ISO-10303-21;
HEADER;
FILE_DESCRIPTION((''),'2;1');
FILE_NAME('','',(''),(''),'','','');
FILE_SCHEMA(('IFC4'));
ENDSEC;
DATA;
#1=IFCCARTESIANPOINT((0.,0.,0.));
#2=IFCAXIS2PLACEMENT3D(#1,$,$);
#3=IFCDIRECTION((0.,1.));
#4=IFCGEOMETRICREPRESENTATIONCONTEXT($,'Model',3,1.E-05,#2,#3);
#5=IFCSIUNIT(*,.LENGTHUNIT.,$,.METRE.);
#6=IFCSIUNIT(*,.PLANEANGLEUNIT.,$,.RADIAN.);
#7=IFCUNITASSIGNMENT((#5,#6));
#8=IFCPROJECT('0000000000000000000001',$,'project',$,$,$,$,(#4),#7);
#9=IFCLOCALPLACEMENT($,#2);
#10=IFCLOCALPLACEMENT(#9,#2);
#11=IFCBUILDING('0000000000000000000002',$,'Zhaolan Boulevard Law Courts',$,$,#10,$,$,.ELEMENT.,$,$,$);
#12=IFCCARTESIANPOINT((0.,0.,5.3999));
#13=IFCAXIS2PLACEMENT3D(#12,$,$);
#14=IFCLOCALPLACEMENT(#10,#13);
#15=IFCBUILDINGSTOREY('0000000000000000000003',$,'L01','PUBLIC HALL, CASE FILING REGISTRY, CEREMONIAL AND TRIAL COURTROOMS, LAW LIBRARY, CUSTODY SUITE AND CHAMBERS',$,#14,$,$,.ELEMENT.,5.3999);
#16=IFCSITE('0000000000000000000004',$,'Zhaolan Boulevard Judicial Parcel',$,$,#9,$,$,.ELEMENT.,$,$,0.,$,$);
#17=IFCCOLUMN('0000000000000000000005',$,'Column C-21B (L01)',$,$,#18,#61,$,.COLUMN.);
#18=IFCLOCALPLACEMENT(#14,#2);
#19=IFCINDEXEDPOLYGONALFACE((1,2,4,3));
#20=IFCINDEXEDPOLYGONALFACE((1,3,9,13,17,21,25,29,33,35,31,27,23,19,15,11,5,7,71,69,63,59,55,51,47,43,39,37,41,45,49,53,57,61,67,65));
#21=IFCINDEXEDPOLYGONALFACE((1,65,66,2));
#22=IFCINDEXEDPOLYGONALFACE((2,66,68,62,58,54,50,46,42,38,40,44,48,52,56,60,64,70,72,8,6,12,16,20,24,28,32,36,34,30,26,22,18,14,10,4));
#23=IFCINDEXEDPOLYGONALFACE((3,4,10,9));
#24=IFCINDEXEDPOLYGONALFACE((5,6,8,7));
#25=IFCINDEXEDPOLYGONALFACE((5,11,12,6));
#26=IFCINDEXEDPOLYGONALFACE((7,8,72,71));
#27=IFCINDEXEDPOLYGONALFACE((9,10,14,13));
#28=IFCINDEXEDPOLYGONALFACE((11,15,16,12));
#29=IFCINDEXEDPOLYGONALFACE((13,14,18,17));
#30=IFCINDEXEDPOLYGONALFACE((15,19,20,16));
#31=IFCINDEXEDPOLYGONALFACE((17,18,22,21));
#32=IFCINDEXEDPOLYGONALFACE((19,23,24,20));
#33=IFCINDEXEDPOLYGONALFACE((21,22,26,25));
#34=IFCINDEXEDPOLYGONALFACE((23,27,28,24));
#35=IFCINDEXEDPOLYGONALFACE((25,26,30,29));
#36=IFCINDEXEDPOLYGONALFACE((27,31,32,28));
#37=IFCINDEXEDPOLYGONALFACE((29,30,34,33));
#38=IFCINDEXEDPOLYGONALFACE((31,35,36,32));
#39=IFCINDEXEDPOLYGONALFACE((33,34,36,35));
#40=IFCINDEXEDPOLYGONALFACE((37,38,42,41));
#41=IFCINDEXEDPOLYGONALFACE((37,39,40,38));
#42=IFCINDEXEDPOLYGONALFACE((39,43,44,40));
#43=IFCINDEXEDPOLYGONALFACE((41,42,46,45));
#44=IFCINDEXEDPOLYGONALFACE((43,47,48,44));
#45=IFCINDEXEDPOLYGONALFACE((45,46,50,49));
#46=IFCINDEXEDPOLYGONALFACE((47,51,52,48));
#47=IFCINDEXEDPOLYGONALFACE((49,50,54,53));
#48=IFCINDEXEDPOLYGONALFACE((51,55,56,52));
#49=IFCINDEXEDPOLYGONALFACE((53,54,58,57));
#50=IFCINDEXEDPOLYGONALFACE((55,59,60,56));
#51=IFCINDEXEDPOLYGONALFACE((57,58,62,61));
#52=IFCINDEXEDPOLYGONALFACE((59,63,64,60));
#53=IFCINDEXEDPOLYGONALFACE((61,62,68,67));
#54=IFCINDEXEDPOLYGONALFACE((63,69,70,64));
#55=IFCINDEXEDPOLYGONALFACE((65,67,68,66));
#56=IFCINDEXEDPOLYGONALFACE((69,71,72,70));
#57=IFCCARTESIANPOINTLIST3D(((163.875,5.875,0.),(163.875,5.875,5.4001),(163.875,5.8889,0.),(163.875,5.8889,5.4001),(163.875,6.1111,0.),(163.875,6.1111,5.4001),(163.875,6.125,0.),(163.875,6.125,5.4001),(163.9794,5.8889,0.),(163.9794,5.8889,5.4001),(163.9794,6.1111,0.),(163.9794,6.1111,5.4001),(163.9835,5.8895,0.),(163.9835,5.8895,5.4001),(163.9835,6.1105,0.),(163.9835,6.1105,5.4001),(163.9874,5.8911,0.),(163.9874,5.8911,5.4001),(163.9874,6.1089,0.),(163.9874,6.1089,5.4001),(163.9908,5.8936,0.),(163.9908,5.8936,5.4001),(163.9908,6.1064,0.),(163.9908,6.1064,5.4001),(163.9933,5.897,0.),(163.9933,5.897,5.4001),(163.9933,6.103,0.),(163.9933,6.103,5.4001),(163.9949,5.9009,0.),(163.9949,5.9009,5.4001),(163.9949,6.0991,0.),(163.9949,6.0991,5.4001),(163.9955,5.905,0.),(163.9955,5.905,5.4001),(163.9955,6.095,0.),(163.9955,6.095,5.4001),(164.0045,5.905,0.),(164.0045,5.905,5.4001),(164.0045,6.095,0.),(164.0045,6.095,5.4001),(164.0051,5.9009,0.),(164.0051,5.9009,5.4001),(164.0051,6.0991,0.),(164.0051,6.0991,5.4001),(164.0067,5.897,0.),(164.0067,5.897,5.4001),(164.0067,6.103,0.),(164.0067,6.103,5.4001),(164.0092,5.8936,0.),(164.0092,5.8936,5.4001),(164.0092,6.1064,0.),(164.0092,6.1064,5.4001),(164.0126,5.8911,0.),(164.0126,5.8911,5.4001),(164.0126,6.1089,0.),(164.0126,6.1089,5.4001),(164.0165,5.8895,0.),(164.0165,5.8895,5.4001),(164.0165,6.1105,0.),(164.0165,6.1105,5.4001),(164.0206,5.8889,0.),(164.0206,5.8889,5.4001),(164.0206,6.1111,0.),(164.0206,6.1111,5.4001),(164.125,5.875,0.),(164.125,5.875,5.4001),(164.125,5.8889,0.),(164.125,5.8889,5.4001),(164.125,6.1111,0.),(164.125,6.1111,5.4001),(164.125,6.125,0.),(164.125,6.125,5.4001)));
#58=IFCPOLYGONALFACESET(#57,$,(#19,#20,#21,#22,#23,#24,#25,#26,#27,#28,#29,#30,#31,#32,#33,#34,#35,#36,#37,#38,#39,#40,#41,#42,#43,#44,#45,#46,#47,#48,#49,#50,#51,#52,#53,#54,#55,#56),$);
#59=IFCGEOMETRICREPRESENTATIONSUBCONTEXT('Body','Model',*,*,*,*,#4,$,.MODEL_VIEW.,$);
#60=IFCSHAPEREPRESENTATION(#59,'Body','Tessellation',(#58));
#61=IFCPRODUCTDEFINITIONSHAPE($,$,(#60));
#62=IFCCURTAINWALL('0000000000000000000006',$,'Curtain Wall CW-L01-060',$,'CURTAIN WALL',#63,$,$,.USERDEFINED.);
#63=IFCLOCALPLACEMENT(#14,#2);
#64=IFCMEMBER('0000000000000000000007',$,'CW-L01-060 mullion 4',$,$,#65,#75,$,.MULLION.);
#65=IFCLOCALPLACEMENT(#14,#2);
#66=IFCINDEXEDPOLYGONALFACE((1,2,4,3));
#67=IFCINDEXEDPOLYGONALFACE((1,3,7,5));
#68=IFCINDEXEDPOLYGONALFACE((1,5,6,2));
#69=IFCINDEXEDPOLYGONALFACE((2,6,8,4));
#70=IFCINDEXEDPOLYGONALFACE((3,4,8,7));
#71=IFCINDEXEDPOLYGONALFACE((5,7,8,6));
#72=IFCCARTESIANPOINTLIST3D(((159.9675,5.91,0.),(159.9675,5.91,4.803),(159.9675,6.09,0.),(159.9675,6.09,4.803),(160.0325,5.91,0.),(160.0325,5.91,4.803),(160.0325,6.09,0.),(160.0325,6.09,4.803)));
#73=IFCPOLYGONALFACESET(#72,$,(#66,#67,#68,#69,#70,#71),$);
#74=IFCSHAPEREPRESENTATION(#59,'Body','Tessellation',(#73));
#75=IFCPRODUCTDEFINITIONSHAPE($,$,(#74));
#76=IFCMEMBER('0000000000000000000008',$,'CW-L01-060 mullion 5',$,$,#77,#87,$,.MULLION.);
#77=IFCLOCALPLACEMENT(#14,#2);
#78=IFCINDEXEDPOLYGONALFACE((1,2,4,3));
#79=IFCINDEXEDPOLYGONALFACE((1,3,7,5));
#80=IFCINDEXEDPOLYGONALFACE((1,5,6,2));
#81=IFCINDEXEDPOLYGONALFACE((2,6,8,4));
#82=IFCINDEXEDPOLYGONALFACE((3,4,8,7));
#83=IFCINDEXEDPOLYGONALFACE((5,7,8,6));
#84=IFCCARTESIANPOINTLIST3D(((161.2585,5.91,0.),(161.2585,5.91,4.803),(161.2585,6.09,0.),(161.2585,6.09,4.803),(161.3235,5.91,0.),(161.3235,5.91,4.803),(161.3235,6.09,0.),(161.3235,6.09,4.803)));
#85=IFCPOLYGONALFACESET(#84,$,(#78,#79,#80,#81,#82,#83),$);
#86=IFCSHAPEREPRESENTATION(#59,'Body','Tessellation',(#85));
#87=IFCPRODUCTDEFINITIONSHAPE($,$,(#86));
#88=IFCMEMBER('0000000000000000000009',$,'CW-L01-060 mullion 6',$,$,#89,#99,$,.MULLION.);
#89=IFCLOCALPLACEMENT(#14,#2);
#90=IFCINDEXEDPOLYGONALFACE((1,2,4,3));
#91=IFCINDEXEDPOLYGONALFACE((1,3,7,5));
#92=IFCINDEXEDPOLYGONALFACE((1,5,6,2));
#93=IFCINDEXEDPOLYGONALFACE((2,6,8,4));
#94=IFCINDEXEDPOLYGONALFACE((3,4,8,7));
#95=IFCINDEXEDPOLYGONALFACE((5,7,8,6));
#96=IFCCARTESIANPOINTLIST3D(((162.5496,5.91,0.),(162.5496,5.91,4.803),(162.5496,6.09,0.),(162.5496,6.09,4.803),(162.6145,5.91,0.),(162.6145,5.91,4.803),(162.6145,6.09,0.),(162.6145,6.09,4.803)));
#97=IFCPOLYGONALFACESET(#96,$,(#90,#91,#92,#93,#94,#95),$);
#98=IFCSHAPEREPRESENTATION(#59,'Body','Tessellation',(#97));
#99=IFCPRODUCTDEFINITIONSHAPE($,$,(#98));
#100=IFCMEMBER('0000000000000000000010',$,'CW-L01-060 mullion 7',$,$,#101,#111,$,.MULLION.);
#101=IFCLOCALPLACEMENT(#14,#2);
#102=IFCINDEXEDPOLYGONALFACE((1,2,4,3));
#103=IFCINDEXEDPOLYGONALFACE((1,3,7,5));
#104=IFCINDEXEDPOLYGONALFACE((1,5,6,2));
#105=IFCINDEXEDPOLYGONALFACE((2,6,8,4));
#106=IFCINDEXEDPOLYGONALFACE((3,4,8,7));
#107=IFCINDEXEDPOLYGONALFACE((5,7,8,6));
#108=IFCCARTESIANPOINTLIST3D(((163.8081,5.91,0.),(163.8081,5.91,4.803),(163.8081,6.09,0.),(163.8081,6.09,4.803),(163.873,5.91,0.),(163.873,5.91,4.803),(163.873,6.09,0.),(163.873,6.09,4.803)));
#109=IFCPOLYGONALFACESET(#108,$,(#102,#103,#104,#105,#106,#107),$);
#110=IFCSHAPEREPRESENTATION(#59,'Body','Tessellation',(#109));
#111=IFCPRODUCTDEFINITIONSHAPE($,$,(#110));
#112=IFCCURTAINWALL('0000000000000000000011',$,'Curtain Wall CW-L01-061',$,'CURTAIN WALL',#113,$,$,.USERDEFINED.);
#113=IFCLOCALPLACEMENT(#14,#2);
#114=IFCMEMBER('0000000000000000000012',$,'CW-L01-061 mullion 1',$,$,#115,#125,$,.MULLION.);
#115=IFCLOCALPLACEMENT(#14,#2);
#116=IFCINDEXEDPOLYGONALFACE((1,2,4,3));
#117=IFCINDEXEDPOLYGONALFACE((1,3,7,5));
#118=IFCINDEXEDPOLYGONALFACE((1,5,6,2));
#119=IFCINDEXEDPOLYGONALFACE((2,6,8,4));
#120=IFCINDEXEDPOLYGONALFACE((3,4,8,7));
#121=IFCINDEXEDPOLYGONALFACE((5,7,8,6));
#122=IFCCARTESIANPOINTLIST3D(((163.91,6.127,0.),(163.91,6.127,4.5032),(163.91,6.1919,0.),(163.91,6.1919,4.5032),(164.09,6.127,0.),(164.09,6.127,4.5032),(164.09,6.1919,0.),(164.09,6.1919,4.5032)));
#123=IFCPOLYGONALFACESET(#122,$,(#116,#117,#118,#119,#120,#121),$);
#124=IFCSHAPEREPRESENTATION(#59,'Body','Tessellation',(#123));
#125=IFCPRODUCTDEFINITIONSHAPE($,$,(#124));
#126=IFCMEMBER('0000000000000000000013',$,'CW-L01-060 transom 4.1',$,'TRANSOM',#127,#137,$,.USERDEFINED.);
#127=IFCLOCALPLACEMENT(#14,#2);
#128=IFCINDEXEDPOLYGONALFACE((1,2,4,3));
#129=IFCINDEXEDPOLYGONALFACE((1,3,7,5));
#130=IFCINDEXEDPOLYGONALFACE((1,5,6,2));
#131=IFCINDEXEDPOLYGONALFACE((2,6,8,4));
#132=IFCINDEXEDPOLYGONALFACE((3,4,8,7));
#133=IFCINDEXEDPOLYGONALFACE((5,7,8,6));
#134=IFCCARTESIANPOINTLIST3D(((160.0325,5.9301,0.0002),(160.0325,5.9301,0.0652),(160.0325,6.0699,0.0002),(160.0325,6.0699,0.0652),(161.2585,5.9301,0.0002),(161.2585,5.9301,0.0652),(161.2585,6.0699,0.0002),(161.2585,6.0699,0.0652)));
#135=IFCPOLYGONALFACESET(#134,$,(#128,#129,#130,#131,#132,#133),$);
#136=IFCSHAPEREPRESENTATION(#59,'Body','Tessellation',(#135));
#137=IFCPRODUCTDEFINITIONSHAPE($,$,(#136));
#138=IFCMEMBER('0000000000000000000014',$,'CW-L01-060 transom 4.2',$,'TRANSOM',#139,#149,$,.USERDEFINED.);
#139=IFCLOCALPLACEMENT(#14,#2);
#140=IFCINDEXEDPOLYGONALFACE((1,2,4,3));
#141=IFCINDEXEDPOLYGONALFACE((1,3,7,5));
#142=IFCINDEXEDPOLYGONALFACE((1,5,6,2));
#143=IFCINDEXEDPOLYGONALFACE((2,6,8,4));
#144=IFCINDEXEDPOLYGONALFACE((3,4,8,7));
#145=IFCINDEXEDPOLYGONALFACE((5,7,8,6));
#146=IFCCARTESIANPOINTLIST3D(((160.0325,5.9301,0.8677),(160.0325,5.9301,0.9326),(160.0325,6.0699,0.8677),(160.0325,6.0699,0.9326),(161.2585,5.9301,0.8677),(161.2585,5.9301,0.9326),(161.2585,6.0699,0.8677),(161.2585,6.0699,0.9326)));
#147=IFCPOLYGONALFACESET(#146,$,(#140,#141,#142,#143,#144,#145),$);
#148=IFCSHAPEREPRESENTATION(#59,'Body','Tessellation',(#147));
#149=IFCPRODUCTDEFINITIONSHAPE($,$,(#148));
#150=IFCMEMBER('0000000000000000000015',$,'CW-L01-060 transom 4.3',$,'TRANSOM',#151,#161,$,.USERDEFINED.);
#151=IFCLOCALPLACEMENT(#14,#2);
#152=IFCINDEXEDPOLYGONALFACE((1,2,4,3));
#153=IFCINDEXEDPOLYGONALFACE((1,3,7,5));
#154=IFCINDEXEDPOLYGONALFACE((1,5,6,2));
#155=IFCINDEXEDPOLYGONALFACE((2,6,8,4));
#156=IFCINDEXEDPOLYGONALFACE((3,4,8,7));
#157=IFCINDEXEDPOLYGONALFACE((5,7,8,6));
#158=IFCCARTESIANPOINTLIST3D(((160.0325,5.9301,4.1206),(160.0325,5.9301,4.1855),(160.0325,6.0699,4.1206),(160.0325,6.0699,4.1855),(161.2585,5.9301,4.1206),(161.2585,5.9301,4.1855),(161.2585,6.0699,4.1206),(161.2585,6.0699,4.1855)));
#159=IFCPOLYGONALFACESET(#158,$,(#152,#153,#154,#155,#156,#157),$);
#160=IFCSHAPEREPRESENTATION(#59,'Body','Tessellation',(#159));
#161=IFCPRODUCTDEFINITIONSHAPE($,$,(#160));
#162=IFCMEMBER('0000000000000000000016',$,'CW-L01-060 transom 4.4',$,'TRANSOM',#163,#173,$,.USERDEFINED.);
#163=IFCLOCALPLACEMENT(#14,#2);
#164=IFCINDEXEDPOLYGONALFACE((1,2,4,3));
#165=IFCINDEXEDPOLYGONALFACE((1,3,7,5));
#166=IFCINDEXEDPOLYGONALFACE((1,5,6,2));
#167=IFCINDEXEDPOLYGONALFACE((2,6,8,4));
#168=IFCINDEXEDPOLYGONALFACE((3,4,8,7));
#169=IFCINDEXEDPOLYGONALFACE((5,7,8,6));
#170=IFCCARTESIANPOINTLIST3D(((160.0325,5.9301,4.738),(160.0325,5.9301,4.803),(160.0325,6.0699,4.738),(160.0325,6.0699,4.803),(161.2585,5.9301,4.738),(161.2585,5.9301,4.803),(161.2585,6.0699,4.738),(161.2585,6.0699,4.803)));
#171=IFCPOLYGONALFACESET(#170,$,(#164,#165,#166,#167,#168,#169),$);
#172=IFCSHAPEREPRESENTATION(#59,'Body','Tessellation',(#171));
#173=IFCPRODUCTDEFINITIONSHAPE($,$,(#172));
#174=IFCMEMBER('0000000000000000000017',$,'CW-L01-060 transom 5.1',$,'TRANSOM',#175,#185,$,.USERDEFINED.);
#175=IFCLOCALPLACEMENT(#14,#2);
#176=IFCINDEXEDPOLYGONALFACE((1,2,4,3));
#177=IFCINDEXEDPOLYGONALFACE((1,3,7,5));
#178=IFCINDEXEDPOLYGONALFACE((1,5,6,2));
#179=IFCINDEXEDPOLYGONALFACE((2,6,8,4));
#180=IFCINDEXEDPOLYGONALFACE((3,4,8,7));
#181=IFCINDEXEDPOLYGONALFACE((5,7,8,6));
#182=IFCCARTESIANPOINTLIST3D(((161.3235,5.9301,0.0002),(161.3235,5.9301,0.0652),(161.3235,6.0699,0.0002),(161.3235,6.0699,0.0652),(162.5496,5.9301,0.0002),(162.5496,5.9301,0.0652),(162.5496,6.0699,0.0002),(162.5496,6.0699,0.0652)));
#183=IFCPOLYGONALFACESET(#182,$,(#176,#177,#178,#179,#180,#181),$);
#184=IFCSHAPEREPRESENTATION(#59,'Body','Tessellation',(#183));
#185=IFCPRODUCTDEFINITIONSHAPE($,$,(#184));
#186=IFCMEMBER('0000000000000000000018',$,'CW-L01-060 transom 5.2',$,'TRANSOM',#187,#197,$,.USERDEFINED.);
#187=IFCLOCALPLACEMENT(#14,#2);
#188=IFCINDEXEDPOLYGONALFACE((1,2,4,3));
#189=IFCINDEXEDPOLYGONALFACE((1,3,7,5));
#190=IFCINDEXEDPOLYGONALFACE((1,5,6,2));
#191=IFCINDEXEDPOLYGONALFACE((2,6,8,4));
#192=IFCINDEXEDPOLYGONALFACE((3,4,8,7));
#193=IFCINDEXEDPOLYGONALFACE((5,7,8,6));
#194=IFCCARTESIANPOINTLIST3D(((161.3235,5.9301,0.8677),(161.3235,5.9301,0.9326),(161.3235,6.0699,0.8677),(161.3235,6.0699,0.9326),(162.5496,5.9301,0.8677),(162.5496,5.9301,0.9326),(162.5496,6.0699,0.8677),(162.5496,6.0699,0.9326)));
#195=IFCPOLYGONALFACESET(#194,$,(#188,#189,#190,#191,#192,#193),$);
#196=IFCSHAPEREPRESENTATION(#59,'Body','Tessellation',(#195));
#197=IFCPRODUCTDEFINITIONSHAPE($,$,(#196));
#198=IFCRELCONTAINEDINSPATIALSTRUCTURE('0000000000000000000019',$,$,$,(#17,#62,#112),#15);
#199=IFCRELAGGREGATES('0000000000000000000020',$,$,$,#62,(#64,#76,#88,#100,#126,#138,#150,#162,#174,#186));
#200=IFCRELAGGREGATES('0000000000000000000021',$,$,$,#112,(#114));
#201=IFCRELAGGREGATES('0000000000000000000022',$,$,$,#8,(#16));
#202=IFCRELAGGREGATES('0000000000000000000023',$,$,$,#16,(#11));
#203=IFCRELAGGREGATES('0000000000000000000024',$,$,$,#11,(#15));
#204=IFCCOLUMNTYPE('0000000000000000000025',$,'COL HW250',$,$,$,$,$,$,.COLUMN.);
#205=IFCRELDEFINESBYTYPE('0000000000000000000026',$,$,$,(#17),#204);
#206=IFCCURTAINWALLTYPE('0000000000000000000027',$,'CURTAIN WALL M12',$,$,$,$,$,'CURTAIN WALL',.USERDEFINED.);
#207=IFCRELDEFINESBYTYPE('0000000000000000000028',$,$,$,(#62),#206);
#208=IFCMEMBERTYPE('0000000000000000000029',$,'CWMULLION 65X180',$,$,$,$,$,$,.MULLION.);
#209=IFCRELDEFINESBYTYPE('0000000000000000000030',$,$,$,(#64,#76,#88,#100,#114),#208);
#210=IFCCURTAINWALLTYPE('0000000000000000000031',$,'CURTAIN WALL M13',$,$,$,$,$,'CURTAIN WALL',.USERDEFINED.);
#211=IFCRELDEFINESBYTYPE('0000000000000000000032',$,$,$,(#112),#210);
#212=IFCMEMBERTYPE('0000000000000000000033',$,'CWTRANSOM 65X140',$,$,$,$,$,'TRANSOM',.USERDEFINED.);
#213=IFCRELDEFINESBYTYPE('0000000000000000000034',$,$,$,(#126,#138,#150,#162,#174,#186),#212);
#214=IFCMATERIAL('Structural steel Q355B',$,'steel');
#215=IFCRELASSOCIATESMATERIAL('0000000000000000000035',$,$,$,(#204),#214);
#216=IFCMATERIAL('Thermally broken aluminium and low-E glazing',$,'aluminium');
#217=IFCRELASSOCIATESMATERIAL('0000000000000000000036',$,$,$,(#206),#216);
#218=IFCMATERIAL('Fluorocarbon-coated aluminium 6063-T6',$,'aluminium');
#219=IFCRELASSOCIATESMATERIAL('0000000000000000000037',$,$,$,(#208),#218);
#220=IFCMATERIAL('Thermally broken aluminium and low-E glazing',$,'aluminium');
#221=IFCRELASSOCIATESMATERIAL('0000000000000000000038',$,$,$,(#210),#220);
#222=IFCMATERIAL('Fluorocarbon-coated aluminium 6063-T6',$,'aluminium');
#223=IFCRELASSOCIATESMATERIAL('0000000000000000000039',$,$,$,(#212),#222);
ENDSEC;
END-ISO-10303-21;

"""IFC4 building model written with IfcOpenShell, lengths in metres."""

from ifc_helpers import new_model, si_unit, direction, frame, origin, origin_2d, place, context, subcontext, project, spatial, rectangle, i_section, extrude, material, material_profile, profile_set, type_object, element, aggregate, save


model = new_model("IFC4")

# Units and contexts
model_context = context("Model", 3, precision=1e-05, world=origin(), true_north=direction((0.0, 1.0)))
body_context = subcontext(model_context, "Body", "Model", "MODEL_VIEW")
ifc_project = project(units=[si_unit("LENGTHUNIT", "METRE"), si_unit("PLANEANGLEUNIT", "RADIAN")], contexts=[model_context])

# Site, building, storey
site_placement = place(None, origin())
site = spatial("IfcSite", under=ifc_project, at=site_placement, Name="Zhaolan Boulevard Judicial Parcel", CompositionType="ELEMENT", RefElevation=0.0)
building_placement = place(site_placement, origin())
building = spatial("IfcBuilding", under=site, at=building_placement, Name="Zhaolan Boulevard Law Courts", CompositionType="ELEMENT")
storey_placement = place(building_placement, frame((0.0, 0.0, 5.3999)))
storey = spatial("IfcBuildingStorey", under=building, at=storey_placement, Name="L01", Description="PUBLIC HALL, CASE FILING REGISTRY, CEREMONIAL AND TRIAL COURTROOMS, LAW LIBRARY, CUSTODY SUITE AND CHAMBERS", CompositionType="ELEMENT", Elevation=5.3999)

# Column
ifc_material_1 = material(Name="Structural steel Q355B", Category="steel")
ifc_material_profile_1 = material_profile(ifc_material_1, i_section(OverallWidth=0.25, OverallDepth=0.25, WebThickness=0.009, FlangeThickness=0.0139, FilletRadius=0.0161, at=origin_2d()), Name="HW250x250")
ifc_profile_set_1 = profile_set([ifc_material_profile_1], Name="Structural steel Q355B")
column_type = type_object("IfcColumnType", Name="COL HW250", PredefinedType="COLUMN", material=ifc_profile_set_1)
column_placement = place(storey_placement, frame((164.0, 6.0, 0.0), z_axis=(0.0, 0.0, 1.0), x_axis=(1.0, 0.0, 0.0)))
element("IfcColumn", 1, at=column_placement, inside=storey, type_object=column_type, Name="Column C-21B (L01)", PredefinedType="COLUMN", context=body_context, shape_type="SweptSolid", body=[
    extrude(i_section(OverallWidth=0.25, OverallDepth=0.25, WebThickness=0.009, FlangeThickness=0.0139, FilletRadius=0.0161, at=origin_2d()), origin(), (0.0, 0.0, 1.0), 5.4001),
])

# Curtain wall, members
ifc_material_2 = material(Name="Thermally broken aluminium and low-E glazing", Category="aluminium")
curtain_wall_type_1 = type_object("IfcCurtainWallType", Name="CURTAIN WALL M12", ElementType="CURTAIN WALL", PredefinedType="USERDEFINED", material=ifc_material_2)
curtain_wall_1_placement = place(storey_placement, origin())
curtain_wall_1 = element("IfcCurtainWall", 2, at=curtain_wall_1_placement, inside=storey, type_object=curtain_wall_type_1, Name="Curtain Wall CW-L01-060", ObjectType="CURTAIN WALL", PredefinedType="USERDEFINED")
ifc_material_3 = material(Name="Fluorocarbon-coated aluminium 6063-T6", Category="aluminium")
ifc_material_profile_2 = material_profile(ifc_material_3, rectangle(XDim=0.1799, YDim=0.0649, at=origin_2d()), Name="AL65x180")
ifc_profile_set_2 = profile_set([ifc_material_profile_2], Name="Fluorocarbon-coated aluminium 6063-T6")
member_type_1 = type_object("IfcMemberType", Name="CWMULLION 65X180", PredefinedType="MULLION", material=ifc_profile_set_2)
member_1_placement = place(storey_placement, frame((160.0, 6.0, 0.0), z_axis=(0.0, 0.0, 1.0), x_axis=(0.0, 1.0, 0.0)))
member_1 = element("IfcMember", 3, at=member_1_placement, type_object=member_type_1, Name="CW-L01-060 mullion 4", PredefinedType="MULLION", context=body_context, shape_type="SweptSolid", body=[
    extrude(rectangle(XDim=0.1799, YDim=0.0649, at=origin_2d()), origin(), (0.0, 0.0, 1.0), 4.803),
])
member_2_placement = place(storey_placement, frame((161.291, 6.0, 0.0), z_axis=(0.0, 0.0, 1.0), x_axis=(0.0, 1.0, 0.0)))
member_2 = element("IfcMember", 4, at=member_2_placement, type_object=member_type_1, Name="CW-L01-060 mullion 5", PredefinedType="MULLION", context=body_context, shape_type="SweptSolid", body=[
    extrude(rectangle(XDim=0.1799, YDim=0.0649, at=origin_2d()), origin(), (0.0, 0.0, 1.0), 4.803),
])
member_3_placement = place(storey_placement, frame((162.582, 6.0, 0.0), z_axis=(0.0, 0.0, 1.0), x_axis=(0.0, 1.0, 0.0)))
member_3 = element("IfcMember", 5, at=member_3_placement, type_object=member_type_1, Name="CW-L01-060 mullion 6", PredefinedType="MULLION", context=body_context, shape_type="SweptSolid", body=[
    extrude(rectangle(XDim=0.1799, YDim=0.0649, at=origin_2d()), origin(), (0.0, 0.0, 1.0), 4.803),
])
member_4_placement = place(storey_placement, frame((163.8406, 6.0, 0.0), z_axis=(0.0, 0.0, 1.0), x_axis=(0.0, 1.0, 0.0)))
member_4 = element("IfcMember", 6, at=member_4_placement, type_object=member_type_1, Name="CW-L01-060 mullion 7", PredefinedType="MULLION", context=body_context, shape_type="SweptSolid", body=[
    extrude(rectangle(XDim=0.1799, YDim=0.0649, at=origin_2d()), origin(), (0.0, 0.0, 1.0), 4.803),
])

# Curtain wall, member
ifc_material_4 = material(Name="Thermally broken aluminium and low-E glazing", Category="aluminium")
curtain_wall_type_2 = type_object("IfcCurtainWallType", Name="CURTAIN WALL M13", ElementType="CURTAIN WALL", PredefinedType="USERDEFINED", material=ifc_material_4)
curtain_wall_2_placement = place(storey_placement, origin())
curtain_wall_2 = element("IfcCurtainWall", 7, at=curtain_wall_2_placement, inside=storey, type_object=curtain_wall_type_2, Name="Curtain Wall CW-L01-061", ObjectType="CURTAIN WALL", PredefinedType="USERDEFINED")
member_5_placement = place(storey_placement, frame((164.0, 6.1594, 0.0), z_axis=(0.0, 0.0, 1.0), x_axis=(-1.0, 0.0, 0.0)))
member_5 = element("IfcMember", 8, at=member_5_placement, type_object=member_type_1, Name="CW-L01-061 mullion 1", PredefinedType="MULLION", context=body_context, shape_type="SweptSolid", body=[
    extrude(rectangle(XDim=0.1799, YDim=0.0649, at=origin_2d()), origin(), (0.0, 0.0, 1.0), 4.5032),
])

# Members
ifc_material_5 = material(Name="Fluorocarbon-coated aluminium 6063-T6", Category="aluminium")
ifc_material_profile_3 = material_profile(ifc_material_5, rectangle(XDim=0.1399, YDim=0.0649, at=origin_2d()), Name="AL65x140")
ifc_profile_set_3 = profile_set([ifc_material_profile_3], Name="Fluorocarbon-coated aluminium 6063-T6")
member_type_2 = type_object("IfcMemberType", Name="CWTRANSOM 65X140", ElementType="TRANSOM", PredefinedType="USERDEFINED", material=ifc_profile_set_3)
member_6_placement = place(storey_placement, frame((160.0325, 6.0, 0.0327), z_axis=(1.0, 0.0, 0.0), x_axis=(0.0, 1.0, 0.0)))
member_6 = element("IfcMember", 9, at=member_6_placement, type_object=member_type_2, Name="CW-L01-060 transom 4.1", ObjectType="TRANSOM", PredefinedType="USERDEFINED", context=body_context, shape_type="SweptSolid", body=[
    extrude(rectangle(XDim=0.1399, YDim=0.0649, at=origin_2d()), origin(), (0.0, 0.0, 1.0), 1.2261),
])
member_7_placement = place(storey_placement, frame((160.0325, 6.0, 0.9001), z_axis=(1.0, 0.0, 0.0), x_axis=(0.0, 1.0, 0.0)))
member_7 = element("IfcMember", 10, at=member_7_placement, type_object=member_type_2, Name="CW-L01-060 transom 4.2", ObjectType="TRANSOM", PredefinedType="USERDEFINED", context=body_context, shape_type="SweptSolid", body=[
    extrude(rectangle(XDim=0.1399, YDim=0.0649, at=origin_2d()), origin(), (0.0, 0.0, 1.0), 1.2261),
])
member_8_placement = place(storey_placement, frame((160.0325, 6.0, 4.1531), z_axis=(1.0, 0.0, 0.0), x_axis=(0.0, 1.0, 0.0)))
member_8 = element("IfcMember", 11, at=member_8_placement, type_object=member_type_2, Name="CW-L01-060 transom 4.3", ObjectType="TRANSOM", PredefinedType="USERDEFINED", context=body_context, shape_type="SweptSolid", body=[
    extrude(rectangle(XDim=0.1399, YDim=0.0649, at=origin_2d()), origin(), (0.0, 0.0, 1.0), 1.2261),
])
member_9_placement = place(storey_placement, frame((160.0325, 6.0, 4.7705), z_axis=(1.0, 0.0, 0.0), x_axis=(0.0, 1.0, 0.0)))
member_9 = element("IfcMember", 12, at=member_9_placement, type_object=member_type_2, Name="CW-L01-060 transom 4.4", ObjectType="TRANSOM", PredefinedType="USERDEFINED", context=body_context, shape_type="SweptSolid", body=[
    extrude(rectangle(XDim=0.1399, YDim=0.0649, at=origin_2d()), origin(), (0.0, 0.0, 1.0), 1.2261),
])
member_10_placement = place(storey_placement, frame((161.3235, 6.0, 0.0327), z_axis=(1.0, 0.0, 0.0), x_axis=(0.0, 1.0, 0.0)))
member_10 = element("IfcMember", 13, at=member_10_placement, type_object=member_type_2, Name="CW-L01-060 transom 5.1", ObjectType="TRANSOM", PredefinedType="USERDEFINED", context=body_context, shape_type="SweptSolid", body=[
    extrude(rectangle(XDim=0.1399, YDim=0.0649, at=origin_2d()), origin(), (0.0, 0.0, 1.0), 1.2261),
])
member_11_placement = place(storey_placement, frame((161.3235, 6.0, 0.9001), z_axis=(1.0, 0.0, 0.0), x_axis=(0.0, 1.0, 0.0)))
member_11 = element("IfcMember", 14, at=member_11_placement, type_object=member_type_2, Name="CW-L01-060 transom 5.2", ObjectType="TRANSOM", PredefinedType="USERDEFINED", context=body_context, shape_type="SweptSolid", body=[
    extrude(rectangle(XDim=0.1399, YDim=0.0649, at=origin_2d()), origin(), (0.0, 0.0, 1.0), 1.2261),
])

aggregate(curtain_wall_1, [member_1, member_2, member_3, member_4, member_6, member_7, member_8, member_9, member_10, member_11])
aggregate(curtain_wall_2, [member_5])

save(model, "model.ifc")
